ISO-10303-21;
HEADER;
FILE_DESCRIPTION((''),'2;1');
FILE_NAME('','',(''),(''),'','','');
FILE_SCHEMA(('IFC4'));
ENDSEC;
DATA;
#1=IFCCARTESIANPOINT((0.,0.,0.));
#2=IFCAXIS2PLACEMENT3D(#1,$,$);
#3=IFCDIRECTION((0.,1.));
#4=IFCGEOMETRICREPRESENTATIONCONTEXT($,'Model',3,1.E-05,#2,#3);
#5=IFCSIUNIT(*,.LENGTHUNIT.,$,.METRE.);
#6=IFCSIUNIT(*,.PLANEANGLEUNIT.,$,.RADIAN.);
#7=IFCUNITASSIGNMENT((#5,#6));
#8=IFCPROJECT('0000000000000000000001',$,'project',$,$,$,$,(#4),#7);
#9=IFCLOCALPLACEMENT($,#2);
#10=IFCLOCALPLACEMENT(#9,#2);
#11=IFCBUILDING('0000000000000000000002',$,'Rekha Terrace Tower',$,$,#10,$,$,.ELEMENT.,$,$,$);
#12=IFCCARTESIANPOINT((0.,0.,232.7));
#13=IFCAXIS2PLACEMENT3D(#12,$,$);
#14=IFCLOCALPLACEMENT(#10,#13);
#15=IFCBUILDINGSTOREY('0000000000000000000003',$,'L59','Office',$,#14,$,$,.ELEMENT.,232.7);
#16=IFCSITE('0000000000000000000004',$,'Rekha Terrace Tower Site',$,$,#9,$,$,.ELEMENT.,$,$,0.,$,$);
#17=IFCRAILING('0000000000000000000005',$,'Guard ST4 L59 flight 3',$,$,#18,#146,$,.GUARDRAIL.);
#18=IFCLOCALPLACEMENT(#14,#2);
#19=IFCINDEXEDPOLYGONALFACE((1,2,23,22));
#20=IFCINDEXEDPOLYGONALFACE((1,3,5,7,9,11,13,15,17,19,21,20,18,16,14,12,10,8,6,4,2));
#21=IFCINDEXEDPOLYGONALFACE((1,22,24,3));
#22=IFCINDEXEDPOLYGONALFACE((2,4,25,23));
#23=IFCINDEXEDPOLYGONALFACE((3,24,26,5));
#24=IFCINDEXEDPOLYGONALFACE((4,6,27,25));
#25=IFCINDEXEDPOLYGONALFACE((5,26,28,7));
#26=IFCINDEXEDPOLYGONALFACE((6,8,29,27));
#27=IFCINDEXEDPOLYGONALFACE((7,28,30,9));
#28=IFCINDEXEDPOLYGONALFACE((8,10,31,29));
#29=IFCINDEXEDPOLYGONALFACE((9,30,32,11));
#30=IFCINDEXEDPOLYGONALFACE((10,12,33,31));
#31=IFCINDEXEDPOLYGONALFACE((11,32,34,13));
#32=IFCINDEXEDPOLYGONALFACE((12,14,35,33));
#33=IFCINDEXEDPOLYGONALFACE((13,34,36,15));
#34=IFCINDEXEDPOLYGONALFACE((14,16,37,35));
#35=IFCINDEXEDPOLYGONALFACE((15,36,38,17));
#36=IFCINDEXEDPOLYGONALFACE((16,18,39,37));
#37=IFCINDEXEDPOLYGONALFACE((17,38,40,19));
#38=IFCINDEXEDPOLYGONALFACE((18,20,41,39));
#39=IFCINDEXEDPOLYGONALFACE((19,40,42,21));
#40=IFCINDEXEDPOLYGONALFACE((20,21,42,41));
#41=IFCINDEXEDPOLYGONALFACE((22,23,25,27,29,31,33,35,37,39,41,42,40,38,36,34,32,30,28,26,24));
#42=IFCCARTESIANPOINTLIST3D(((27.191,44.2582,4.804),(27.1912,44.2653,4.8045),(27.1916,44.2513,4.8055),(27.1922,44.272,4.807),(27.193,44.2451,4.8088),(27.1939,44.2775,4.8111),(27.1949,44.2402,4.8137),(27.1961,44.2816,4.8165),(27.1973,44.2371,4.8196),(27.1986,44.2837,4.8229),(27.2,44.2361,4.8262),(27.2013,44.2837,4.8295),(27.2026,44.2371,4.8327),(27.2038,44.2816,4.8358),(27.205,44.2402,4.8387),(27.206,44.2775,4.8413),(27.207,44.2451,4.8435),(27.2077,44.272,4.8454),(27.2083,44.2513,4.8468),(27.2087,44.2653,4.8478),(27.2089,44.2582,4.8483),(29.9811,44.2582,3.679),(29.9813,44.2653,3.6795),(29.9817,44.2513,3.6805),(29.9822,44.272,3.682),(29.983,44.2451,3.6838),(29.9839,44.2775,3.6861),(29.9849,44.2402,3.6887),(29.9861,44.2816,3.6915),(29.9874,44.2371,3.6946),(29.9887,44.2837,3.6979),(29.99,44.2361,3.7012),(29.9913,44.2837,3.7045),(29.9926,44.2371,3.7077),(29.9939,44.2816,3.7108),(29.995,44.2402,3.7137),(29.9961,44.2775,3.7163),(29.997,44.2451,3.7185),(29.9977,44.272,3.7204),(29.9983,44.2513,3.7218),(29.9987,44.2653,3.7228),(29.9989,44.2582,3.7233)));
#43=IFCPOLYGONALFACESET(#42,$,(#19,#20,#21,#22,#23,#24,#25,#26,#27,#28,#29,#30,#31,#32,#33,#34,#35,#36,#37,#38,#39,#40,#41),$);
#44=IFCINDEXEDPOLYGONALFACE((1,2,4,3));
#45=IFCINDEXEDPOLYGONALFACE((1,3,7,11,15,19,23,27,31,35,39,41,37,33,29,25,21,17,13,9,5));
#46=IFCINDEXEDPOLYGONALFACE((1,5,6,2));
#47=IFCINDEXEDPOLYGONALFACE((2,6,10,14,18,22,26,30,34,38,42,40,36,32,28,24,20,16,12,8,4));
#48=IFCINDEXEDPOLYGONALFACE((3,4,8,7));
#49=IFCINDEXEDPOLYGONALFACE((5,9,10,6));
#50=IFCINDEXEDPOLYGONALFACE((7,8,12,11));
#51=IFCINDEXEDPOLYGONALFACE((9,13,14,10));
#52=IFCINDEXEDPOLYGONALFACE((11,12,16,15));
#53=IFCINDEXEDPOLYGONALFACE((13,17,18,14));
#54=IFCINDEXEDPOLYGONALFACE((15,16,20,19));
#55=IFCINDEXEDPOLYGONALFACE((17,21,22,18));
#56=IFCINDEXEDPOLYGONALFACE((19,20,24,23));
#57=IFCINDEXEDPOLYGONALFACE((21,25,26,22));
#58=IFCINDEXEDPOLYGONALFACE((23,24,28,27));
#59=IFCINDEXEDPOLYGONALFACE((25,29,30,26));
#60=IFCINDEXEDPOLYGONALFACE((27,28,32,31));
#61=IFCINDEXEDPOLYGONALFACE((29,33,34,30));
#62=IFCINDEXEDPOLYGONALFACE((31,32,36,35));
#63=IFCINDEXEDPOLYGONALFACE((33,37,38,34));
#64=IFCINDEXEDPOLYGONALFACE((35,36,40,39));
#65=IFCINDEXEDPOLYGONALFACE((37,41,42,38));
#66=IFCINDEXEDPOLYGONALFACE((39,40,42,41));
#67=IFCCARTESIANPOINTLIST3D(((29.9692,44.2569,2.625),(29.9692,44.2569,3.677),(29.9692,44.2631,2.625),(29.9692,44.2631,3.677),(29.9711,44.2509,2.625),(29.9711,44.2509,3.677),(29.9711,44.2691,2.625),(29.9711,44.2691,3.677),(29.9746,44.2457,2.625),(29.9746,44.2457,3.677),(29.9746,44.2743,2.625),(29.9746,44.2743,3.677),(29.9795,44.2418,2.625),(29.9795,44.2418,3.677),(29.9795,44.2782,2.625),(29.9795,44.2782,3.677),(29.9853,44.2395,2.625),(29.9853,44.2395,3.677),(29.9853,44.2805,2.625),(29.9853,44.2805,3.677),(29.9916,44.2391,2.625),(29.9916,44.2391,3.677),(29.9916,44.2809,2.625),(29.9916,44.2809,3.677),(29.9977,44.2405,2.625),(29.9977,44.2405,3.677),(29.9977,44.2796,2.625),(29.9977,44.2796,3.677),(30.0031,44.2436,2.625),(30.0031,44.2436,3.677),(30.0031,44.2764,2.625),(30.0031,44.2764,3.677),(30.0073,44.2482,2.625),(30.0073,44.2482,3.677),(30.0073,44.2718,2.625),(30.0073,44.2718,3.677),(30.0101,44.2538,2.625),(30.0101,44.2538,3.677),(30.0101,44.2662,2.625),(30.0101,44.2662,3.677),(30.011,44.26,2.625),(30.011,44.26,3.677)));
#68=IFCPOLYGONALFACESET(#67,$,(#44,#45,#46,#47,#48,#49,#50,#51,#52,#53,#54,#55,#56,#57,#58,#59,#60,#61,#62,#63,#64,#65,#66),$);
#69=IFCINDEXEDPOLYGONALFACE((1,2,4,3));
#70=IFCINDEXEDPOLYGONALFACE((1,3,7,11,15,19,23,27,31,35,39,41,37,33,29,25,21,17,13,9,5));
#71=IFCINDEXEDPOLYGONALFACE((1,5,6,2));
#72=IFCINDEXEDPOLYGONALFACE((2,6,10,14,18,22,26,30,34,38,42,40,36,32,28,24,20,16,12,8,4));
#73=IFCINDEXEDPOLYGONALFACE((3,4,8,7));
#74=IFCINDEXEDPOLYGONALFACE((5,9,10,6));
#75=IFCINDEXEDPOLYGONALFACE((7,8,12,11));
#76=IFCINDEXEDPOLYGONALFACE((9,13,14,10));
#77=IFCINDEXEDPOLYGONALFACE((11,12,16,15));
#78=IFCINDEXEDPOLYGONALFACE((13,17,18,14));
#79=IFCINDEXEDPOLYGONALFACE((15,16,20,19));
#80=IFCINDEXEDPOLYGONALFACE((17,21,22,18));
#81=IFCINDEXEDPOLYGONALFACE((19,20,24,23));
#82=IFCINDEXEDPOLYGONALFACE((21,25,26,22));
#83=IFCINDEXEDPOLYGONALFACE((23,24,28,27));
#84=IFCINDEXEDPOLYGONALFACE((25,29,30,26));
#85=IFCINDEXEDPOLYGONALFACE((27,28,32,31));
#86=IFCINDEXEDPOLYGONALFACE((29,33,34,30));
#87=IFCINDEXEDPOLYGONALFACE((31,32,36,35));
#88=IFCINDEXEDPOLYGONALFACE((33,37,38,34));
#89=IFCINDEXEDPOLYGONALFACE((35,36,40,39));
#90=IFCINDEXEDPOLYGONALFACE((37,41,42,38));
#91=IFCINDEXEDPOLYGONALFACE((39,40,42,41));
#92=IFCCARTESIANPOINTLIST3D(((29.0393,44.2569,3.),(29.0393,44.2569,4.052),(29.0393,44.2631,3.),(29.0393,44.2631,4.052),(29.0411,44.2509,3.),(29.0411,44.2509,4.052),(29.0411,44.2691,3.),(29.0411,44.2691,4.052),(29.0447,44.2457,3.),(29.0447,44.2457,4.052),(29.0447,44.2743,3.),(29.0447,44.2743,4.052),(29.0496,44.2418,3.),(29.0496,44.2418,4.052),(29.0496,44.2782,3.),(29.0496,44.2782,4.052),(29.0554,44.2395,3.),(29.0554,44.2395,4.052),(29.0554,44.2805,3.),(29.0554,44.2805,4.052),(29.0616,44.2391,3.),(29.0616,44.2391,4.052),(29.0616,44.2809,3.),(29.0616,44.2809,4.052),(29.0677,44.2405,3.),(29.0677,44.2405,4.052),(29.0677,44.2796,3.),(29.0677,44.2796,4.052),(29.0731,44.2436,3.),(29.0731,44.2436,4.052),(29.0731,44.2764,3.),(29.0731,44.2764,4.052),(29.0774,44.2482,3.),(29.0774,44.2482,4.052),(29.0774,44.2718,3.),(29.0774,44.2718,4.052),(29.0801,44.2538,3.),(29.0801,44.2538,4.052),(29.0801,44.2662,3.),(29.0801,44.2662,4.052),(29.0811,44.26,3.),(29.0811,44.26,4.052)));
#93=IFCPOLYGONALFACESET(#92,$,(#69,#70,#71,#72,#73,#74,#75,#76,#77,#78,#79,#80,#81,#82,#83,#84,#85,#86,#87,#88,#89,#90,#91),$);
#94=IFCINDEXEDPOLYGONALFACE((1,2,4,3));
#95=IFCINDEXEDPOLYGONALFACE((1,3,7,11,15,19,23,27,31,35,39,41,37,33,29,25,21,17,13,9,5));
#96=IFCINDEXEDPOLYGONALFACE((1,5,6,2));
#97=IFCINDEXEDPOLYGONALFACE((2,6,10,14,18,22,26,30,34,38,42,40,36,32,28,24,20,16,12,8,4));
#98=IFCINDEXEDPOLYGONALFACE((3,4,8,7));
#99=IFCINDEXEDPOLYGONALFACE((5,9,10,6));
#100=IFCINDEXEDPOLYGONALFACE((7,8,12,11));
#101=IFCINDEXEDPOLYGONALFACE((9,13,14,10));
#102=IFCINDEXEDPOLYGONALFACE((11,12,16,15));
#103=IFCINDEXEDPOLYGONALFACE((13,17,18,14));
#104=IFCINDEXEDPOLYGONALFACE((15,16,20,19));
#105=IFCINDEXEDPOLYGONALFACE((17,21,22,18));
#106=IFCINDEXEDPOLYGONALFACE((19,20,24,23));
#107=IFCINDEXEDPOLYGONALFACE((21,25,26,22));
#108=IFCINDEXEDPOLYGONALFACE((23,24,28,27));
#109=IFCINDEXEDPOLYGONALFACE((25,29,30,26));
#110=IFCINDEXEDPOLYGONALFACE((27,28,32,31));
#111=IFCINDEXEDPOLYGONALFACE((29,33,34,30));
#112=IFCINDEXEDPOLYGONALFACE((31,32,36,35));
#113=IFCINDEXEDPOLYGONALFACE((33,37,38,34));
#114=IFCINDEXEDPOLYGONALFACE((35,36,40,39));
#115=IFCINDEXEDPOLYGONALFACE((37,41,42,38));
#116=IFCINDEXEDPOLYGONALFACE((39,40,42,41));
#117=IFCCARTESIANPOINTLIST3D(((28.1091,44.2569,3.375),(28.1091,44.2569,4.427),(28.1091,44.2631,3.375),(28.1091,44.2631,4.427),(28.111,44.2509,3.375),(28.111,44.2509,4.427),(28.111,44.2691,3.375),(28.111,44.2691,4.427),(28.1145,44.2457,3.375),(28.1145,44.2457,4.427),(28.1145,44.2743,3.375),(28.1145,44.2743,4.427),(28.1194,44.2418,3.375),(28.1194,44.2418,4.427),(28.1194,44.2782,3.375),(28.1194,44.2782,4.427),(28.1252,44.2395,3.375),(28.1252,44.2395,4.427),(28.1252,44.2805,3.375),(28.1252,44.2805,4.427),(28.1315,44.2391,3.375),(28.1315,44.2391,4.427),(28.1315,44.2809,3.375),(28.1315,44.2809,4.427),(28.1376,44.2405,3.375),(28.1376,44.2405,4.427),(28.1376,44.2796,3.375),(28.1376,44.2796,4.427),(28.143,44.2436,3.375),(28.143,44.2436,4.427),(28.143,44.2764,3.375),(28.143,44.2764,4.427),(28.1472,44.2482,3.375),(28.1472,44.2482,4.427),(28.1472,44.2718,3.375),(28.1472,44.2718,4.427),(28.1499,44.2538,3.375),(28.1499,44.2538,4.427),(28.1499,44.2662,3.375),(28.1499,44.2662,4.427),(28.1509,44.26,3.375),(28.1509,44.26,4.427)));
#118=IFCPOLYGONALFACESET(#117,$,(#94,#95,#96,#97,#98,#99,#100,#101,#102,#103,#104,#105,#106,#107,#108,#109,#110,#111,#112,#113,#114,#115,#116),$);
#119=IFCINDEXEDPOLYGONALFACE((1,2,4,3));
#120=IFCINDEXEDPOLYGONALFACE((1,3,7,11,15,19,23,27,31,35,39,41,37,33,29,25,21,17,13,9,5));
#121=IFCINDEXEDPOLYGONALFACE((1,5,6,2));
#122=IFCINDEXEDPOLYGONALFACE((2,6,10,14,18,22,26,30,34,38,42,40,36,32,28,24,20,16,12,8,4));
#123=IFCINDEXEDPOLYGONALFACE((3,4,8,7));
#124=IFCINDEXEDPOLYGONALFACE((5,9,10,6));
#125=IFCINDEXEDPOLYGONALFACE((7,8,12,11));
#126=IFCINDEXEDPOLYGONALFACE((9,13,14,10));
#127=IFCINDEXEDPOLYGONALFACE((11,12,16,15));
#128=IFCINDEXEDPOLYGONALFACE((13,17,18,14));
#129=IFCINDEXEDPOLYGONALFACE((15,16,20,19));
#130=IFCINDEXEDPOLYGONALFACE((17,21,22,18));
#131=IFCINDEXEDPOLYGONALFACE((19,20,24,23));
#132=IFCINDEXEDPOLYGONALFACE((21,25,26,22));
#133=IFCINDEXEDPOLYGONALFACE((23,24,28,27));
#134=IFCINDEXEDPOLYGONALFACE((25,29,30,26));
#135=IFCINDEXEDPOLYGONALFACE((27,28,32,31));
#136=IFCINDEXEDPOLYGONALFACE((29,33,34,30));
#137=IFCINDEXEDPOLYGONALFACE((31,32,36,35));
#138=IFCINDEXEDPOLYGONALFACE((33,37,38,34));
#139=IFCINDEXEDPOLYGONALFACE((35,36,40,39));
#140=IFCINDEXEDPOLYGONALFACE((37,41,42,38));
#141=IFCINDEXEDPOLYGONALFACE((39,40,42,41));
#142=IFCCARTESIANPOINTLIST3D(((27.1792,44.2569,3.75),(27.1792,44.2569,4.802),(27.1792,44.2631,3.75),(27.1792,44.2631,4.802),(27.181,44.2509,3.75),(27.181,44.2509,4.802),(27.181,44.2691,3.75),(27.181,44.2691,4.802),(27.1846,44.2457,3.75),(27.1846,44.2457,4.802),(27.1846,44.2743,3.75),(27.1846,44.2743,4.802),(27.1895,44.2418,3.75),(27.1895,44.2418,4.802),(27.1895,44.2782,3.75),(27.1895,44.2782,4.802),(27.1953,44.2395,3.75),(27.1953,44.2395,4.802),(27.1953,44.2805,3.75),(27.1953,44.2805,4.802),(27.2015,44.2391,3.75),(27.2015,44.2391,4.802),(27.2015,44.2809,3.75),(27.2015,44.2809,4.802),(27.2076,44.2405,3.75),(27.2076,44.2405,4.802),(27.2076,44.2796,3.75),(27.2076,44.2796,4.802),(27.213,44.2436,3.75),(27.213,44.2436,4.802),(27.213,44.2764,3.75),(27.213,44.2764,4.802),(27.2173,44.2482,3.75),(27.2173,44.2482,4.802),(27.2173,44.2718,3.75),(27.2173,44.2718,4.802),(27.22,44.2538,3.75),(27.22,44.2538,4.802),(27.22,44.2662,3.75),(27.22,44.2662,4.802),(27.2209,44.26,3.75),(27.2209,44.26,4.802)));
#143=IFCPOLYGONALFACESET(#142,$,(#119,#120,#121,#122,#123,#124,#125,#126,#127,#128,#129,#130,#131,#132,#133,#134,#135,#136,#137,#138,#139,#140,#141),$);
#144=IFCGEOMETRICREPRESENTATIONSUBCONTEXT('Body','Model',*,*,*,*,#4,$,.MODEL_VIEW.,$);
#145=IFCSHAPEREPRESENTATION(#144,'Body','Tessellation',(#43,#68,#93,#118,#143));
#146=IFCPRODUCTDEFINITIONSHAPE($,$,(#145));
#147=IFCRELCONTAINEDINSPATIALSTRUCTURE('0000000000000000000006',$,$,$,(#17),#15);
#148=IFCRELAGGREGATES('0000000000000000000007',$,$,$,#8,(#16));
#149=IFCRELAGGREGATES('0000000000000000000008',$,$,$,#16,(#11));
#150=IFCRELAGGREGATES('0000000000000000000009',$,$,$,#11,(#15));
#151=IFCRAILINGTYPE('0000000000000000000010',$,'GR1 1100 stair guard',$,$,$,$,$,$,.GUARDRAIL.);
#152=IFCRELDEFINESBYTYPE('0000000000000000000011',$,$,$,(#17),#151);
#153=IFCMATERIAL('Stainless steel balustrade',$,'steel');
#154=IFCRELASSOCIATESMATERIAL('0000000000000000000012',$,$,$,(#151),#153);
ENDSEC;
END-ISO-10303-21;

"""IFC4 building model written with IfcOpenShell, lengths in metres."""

from ifc_helpers import new_model, si_unit, direction, frame, origin, origin_2d, place, context, subcontext, project, spatial, circle, extrude, material, type_object, element, save


model = new_model("IFC4")

# Units and contexts
model_context = context("Model", 3, precision=1e-05, world=origin(), true_north=direction((0.0, 1.0)))
body_context = subcontext(model_context, "Body", "Model", "MODEL_VIEW")
ifc_project = project(units=[si_unit("LENGTHUNIT", "METRE"), si_unit("PLANEANGLEUNIT", "RADIAN")], contexts=[model_context])

# Site, building, storey
site_placement = place(None, origin())
site = spatial("IfcSite", under=ifc_project, at=site_placement, Name="Rekha Terrace Tower Site", CompositionType="ELEMENT", RefElevation=0.0)
building_placement = place(site_placement, origin())
building = spatial("IfcBuilding", under=site, at=building_placement, Name="Rekha Terrace Tower", CompositionType="ELEMENT")
storey_placement = place(building_placement, frame((0.0, 0.0, 232.7)))
storey = spatial("IfcBuildingStorey", under=building, at=storey_placement, Name="L59", Description="Office", CompositionType="ELEMENT", Elevation=232.7)

# Railing
ifc_material_1 = material(Name="Stainless steel balustrade", Category="steel")
railing_type_1 = type_object("IfcRailingType", Name="GR1 1100 stair guard", PredefinedType="GUARDRAIL", material=ifc_material_1)
railing_1_placement = place(storey_placement, frame((29.99, 44.26, 2.625)))
element("IfcRailing", 1, at=railing_1_placement, inside=storey, type_object=railing_type_1, Name="Guard ST4 L59 flight 3", PredefinedType="GUARDRAIL", context=body_context, shape_type="SweptSolid", body=[
    extrude(circle(Radius=0.0239, at=origin_2d()), frame((0.0, 0.0, 1.0762), z_axis=(-0.927443, 0.0, 0.373964), x_axis=(0.0, -1.0, 0.0)), (0.0, 0.0, 1.0), 3.0083),
    extrude(circle(Radius=0.021, at=origin_2d()), origin(), (0.0, 0.0, 1.0), 1.052),
    extrude(circle(Radius=0.021, at=origin_2d()), frame((-0.9299, 0.0, 0.375)), (0.0, 0.0, 1.0), 1.052),
    extrude(circle(Radius=0.021, at=origin_2d()), frame((-1.8601, 0.0, 0.75)), (0.0, 0.0, 1.0), 1.052),
    extrude(circle(Radius=0.021, at=origin_2d()), frame((-2.79, 0.0, 1.125)), (0.0, 0.0, 1.0), 1.052),
])

save(model, "model.ifc")
